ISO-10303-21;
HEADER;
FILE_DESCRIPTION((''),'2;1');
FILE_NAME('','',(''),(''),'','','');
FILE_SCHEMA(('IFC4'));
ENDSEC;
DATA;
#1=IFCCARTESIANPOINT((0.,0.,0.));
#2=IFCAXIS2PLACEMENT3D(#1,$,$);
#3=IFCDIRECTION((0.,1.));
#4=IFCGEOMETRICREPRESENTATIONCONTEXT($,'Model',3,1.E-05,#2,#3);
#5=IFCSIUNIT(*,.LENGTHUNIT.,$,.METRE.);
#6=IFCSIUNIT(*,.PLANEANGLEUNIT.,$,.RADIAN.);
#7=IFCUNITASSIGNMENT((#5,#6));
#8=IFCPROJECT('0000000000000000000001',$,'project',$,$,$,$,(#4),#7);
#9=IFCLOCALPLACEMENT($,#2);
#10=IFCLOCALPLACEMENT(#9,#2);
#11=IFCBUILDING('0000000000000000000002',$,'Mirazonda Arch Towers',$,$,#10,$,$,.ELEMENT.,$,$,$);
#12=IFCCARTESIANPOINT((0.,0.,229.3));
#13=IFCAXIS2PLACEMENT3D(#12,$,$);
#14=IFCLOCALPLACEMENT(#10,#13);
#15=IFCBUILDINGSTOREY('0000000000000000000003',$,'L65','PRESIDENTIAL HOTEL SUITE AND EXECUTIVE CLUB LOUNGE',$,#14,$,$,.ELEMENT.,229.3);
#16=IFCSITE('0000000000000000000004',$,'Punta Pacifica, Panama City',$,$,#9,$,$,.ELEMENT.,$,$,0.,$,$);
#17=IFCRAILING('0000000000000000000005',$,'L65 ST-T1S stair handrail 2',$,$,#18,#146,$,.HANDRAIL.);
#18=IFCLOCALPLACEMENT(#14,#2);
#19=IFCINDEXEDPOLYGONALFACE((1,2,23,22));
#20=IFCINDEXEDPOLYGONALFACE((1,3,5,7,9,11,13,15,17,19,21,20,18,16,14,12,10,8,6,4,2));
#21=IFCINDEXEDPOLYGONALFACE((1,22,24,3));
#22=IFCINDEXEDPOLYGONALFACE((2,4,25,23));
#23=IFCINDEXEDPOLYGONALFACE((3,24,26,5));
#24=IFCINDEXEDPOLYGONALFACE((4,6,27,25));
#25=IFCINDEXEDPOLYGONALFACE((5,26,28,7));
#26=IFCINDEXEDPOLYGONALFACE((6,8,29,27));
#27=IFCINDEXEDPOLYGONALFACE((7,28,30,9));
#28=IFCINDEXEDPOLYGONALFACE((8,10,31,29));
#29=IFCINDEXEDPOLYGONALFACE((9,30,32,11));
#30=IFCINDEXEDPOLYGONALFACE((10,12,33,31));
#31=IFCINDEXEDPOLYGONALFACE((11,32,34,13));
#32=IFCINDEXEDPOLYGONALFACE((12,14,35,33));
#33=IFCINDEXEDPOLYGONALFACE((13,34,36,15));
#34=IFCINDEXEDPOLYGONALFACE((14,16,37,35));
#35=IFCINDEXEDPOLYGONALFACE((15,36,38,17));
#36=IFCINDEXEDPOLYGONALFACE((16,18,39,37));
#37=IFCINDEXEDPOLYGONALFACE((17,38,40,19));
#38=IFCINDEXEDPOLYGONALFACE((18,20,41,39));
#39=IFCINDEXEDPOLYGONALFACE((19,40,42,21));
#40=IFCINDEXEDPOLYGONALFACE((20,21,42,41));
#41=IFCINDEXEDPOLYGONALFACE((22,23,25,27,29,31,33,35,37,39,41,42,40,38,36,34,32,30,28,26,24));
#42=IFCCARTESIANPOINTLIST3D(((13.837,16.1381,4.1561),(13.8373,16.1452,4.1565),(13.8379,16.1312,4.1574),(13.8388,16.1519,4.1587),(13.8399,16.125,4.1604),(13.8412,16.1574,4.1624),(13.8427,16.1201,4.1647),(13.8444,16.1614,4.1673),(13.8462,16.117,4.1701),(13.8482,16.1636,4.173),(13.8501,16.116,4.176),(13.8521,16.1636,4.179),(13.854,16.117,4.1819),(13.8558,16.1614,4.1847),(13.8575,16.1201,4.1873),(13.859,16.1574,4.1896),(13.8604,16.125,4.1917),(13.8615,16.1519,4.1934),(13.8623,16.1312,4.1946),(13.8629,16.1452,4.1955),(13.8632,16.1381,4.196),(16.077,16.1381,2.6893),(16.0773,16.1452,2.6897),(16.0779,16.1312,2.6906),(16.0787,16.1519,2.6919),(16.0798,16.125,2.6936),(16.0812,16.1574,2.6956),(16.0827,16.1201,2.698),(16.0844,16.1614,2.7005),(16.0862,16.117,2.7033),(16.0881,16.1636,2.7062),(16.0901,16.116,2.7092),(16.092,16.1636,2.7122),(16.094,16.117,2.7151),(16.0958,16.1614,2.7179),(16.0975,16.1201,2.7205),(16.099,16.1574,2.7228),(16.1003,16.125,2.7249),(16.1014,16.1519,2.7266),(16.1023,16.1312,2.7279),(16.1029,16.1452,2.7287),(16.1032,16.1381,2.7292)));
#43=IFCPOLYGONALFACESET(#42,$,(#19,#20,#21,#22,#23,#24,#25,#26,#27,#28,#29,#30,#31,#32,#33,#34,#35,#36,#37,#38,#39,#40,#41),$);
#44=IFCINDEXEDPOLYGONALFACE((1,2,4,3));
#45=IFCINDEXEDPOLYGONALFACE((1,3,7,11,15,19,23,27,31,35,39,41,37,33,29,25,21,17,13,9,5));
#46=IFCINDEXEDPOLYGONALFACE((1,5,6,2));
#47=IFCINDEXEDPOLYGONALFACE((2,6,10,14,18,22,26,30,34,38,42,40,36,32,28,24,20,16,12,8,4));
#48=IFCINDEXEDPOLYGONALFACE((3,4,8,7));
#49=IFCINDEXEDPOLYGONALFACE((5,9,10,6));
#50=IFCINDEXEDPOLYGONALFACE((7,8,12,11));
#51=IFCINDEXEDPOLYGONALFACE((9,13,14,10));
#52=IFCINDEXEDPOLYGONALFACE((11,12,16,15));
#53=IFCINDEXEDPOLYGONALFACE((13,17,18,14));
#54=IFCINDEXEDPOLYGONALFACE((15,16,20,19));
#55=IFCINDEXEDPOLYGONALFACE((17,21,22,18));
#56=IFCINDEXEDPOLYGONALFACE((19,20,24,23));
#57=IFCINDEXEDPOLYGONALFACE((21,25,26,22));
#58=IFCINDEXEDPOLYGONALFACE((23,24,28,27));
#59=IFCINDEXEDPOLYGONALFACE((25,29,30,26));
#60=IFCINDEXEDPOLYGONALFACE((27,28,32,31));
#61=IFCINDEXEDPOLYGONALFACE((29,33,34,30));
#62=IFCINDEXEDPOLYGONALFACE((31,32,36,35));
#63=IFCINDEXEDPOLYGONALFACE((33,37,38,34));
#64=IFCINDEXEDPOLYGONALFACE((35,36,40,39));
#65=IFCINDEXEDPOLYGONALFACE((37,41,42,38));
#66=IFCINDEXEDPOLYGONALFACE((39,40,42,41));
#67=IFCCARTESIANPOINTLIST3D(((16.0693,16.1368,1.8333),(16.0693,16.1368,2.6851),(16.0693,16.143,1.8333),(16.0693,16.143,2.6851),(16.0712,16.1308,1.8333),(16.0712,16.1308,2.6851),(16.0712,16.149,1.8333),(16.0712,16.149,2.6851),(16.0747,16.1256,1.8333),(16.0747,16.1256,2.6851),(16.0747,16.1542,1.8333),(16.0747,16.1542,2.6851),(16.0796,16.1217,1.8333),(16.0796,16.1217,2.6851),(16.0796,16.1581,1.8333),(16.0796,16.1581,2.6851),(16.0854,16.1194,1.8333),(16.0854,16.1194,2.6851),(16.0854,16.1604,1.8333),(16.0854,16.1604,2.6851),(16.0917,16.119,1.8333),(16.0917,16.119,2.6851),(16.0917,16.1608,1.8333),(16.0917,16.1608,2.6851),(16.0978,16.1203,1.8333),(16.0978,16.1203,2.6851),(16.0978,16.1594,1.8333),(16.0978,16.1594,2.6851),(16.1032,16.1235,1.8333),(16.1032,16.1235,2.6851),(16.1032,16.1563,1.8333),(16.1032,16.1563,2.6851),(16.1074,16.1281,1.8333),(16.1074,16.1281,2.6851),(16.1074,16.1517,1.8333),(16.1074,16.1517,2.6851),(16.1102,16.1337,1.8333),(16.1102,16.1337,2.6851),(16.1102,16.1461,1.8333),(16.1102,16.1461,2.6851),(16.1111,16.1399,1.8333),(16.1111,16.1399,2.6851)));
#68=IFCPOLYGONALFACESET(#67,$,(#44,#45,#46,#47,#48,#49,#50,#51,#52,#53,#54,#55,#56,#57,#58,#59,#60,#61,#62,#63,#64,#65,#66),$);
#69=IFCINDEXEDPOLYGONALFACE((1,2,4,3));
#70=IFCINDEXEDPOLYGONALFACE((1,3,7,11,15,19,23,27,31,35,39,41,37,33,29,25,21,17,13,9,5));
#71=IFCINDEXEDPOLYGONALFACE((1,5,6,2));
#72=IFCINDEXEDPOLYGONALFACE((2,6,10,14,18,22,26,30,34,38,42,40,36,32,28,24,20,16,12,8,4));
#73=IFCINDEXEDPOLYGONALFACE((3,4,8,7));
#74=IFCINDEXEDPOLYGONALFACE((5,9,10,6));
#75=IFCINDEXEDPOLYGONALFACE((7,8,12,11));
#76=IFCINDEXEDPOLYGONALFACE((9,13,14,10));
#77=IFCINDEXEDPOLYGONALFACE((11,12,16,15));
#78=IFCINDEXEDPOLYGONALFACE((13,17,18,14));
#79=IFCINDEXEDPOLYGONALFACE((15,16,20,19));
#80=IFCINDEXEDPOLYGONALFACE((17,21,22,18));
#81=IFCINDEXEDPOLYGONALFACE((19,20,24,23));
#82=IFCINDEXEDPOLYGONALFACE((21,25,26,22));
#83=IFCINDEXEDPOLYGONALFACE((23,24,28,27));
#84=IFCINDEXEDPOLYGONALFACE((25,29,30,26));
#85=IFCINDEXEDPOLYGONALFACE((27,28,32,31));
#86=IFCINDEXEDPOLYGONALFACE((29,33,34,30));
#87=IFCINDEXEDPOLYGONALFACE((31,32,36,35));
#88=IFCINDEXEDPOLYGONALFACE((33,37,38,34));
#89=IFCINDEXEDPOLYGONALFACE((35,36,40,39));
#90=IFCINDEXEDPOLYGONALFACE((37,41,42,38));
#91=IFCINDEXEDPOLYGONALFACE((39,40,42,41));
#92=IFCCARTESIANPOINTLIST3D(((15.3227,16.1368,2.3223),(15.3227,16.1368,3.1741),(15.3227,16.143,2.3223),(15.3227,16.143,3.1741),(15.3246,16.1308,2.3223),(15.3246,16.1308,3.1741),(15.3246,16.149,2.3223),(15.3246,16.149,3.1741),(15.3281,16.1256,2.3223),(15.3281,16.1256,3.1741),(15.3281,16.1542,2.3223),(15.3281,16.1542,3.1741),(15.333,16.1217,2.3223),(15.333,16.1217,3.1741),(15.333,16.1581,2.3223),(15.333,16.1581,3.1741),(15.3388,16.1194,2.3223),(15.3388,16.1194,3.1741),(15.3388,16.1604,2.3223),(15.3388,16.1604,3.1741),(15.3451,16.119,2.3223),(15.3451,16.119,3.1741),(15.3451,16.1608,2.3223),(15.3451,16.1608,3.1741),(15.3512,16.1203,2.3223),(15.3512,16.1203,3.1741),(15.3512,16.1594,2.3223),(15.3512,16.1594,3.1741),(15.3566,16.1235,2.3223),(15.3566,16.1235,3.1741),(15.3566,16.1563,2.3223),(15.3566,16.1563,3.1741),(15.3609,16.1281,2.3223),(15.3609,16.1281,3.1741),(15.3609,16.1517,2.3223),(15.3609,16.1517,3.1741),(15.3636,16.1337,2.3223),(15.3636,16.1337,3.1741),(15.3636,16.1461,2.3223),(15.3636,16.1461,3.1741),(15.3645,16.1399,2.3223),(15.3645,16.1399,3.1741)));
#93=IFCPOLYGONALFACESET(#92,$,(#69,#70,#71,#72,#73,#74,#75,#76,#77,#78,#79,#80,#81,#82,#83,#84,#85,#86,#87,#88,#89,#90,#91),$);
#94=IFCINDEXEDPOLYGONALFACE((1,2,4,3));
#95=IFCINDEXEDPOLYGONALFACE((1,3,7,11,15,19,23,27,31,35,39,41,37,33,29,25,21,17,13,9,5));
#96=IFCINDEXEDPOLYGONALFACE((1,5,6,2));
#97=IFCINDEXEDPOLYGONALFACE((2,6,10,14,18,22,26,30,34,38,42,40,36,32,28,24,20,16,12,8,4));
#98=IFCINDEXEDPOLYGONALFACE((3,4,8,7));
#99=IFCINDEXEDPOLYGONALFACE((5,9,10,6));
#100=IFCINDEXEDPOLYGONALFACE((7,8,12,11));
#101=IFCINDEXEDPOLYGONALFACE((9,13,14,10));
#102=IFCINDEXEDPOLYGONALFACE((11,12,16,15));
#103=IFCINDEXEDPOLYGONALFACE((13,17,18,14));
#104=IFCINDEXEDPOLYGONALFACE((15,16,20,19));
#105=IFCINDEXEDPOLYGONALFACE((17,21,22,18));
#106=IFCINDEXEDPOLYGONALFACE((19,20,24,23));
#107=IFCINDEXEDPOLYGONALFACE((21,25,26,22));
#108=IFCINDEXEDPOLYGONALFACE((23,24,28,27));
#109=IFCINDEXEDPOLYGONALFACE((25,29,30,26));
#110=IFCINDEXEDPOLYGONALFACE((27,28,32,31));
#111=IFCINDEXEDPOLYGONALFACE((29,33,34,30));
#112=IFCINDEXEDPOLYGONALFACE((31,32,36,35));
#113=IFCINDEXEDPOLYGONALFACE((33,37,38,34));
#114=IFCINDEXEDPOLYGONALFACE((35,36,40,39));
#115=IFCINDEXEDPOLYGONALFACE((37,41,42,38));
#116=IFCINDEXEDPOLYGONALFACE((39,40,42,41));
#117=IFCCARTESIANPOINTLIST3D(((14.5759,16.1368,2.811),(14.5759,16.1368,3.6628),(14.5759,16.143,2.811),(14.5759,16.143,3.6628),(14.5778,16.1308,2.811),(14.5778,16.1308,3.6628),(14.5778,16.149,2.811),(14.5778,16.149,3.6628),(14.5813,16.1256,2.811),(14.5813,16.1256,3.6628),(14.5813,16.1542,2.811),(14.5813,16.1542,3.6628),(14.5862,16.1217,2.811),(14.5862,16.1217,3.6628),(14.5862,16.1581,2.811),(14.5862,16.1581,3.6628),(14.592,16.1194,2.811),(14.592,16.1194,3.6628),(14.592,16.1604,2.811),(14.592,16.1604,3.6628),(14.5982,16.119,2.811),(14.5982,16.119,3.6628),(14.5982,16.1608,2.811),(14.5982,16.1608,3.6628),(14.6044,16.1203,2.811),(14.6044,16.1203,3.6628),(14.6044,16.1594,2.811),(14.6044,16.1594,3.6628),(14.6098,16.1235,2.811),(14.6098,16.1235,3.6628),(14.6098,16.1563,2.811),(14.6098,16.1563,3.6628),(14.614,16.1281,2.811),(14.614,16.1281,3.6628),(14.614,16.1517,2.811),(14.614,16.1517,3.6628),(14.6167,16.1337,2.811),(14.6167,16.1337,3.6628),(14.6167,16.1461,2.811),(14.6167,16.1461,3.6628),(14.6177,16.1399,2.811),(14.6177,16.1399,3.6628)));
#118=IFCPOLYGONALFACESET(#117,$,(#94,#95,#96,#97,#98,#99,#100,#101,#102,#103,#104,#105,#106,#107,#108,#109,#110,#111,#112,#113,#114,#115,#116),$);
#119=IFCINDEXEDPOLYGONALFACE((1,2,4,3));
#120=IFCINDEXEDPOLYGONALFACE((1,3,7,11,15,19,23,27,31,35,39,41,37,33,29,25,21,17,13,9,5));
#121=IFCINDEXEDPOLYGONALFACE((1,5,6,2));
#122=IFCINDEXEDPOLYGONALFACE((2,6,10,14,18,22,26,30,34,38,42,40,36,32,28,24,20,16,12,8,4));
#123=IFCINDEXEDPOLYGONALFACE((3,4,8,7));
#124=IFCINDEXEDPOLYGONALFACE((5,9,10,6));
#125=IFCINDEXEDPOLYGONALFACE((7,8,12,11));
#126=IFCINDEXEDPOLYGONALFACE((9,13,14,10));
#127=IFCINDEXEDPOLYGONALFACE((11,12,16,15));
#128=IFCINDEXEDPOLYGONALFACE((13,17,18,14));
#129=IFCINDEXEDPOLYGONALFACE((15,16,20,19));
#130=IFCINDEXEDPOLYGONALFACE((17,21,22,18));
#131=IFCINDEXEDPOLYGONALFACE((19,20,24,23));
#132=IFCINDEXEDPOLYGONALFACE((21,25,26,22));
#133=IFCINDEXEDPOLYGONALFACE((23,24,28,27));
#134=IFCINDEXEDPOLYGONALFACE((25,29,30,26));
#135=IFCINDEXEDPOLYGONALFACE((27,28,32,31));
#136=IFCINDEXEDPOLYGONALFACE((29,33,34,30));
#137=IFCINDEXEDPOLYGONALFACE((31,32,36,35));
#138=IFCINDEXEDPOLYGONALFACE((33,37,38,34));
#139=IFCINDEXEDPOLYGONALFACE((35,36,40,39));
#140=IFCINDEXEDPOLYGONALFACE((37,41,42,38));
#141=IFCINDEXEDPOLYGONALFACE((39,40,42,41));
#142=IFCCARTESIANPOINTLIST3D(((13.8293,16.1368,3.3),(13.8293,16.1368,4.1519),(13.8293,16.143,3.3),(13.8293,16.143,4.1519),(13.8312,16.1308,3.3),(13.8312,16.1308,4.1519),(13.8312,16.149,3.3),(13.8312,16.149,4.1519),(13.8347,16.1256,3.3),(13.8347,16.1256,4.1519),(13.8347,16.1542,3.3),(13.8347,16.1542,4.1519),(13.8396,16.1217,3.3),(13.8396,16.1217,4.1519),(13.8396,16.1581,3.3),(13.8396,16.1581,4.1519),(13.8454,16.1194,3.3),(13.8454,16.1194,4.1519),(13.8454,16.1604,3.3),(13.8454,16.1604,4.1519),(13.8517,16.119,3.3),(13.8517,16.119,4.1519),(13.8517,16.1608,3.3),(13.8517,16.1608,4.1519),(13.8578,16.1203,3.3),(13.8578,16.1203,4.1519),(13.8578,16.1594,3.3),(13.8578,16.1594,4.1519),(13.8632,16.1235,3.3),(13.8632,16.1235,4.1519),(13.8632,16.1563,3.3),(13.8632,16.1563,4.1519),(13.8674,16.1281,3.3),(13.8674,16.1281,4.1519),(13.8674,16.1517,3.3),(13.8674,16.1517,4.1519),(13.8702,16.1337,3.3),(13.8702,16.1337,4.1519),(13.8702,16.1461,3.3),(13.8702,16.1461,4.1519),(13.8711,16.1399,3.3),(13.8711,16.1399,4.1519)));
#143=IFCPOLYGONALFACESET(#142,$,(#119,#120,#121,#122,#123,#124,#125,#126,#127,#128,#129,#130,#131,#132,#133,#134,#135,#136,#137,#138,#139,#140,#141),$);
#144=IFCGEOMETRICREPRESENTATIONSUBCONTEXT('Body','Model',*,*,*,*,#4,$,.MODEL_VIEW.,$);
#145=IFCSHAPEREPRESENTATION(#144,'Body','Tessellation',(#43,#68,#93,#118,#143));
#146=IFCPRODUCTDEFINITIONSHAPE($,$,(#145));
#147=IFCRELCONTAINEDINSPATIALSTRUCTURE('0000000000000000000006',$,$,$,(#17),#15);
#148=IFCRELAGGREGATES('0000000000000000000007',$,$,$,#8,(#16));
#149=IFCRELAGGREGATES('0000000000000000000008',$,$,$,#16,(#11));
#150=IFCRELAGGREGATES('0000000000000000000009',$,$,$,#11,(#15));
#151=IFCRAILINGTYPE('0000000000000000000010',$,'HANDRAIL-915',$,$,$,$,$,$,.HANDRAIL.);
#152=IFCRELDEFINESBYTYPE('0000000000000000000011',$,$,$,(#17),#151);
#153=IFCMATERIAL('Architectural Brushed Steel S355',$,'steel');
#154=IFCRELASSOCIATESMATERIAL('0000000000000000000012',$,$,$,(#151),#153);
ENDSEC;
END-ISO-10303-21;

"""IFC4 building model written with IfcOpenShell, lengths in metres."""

from ifc_helpers import new_model, si_unit, direction, frame, origin, origin_2d, place, context, subcontext, project, spatial, circle, extrude, material, type_object, element, save


model = new_model("IFC4")

# Units and contexts
model_context = context("Model", 3, precision=1e-05, world=origin(), true_north=direction((0.0, 1.0)))
body_context = subcontext(model_context, "Body", "Model", "MODEL_VIEW")
ifc_project = project(units=[si_unit("LENGTHUNIT", "METRE"), si_unit("PLANEANGLEUNIT", "RADIAN")], contexts=[model_context])

# Site, building, storey
site_placement = place(None, origin())
site = spatial("IfcSite", under=ifc_project, at=site_placement, Name="Punta Pacifica, Panama City", CompositionType="ELEMENT", RefElevation=0.0)
building_placement = place(site_placement, origin())
building = spatial("IfcBuilding", under=site, at=building_placement, Name="Mirazonda Arch Towers", CompositionType="ELEMENT")
storey_placement = place(building_placement, frame((0.0, 0.0, 229.3)))
storey = spatial("IfcBuildingStorey", under=building, at=storey_placement, Name="L65", Description="PRESIDENTIAL HOTEL SUITE AND EXECUTIVE CLUB LOUNGE", CompositionType="ELEMENT", Elevation=229.3)

# Shared definitions
ifc_material_1 = material(Name="Architectural Brushed Steel S355", Category="steel")

# Railing
railing_type_1 = type_object("IfcRailingType", Name="HANDRAIL-915", PredefinedType="HANDRAIL", material=ifc_material_1)
railing_1_placement = place(storey_placement, frame((16.0901, 16.1399, 1.8333)))
element("IfcRailing", 1, at=railing_1_placement, inside=storey, type_object=railing_type_1, Name="L65 ST-T1S stair handrail 2", PredefinedType="HANDRAIL", context=body_context, shape_type="SweptSolid", body=[
    extrude(circle(Radius=0.0239, at=origin_2d()), frame((0.0, 0.0, 0.876), z_axis=(-0.836595, 0.0, 0.547822), x_axis=(0.0, -1.0, 0.0)), (0.0, 0.0, 1.0), 2.6775),
    extrude(circle(Radius=0.021, at=origin_2d()), origin(), (0.0, 0.0, 1.0), 0.8518),
    extrude(circle(Radius=0.021, at=origin_2d()), frame((-0.7466, 0.0, 0.489)), (0.0, 0.0, 1.0), 0.8518),
    extrude(circle(Radius=0.021, at=origin_2d()), frame((-1.4934, 0.0, 0.9778)), (0.0, 0.0, 1.0), 0.8518),
    extrude(circle(Radius=0.021, at=origin_2d()), frame((-2.24, 0.0, 1.4668)), (0.0, 0.0, 1.0), 0.8518),
])

save(model, "model.ifc")
